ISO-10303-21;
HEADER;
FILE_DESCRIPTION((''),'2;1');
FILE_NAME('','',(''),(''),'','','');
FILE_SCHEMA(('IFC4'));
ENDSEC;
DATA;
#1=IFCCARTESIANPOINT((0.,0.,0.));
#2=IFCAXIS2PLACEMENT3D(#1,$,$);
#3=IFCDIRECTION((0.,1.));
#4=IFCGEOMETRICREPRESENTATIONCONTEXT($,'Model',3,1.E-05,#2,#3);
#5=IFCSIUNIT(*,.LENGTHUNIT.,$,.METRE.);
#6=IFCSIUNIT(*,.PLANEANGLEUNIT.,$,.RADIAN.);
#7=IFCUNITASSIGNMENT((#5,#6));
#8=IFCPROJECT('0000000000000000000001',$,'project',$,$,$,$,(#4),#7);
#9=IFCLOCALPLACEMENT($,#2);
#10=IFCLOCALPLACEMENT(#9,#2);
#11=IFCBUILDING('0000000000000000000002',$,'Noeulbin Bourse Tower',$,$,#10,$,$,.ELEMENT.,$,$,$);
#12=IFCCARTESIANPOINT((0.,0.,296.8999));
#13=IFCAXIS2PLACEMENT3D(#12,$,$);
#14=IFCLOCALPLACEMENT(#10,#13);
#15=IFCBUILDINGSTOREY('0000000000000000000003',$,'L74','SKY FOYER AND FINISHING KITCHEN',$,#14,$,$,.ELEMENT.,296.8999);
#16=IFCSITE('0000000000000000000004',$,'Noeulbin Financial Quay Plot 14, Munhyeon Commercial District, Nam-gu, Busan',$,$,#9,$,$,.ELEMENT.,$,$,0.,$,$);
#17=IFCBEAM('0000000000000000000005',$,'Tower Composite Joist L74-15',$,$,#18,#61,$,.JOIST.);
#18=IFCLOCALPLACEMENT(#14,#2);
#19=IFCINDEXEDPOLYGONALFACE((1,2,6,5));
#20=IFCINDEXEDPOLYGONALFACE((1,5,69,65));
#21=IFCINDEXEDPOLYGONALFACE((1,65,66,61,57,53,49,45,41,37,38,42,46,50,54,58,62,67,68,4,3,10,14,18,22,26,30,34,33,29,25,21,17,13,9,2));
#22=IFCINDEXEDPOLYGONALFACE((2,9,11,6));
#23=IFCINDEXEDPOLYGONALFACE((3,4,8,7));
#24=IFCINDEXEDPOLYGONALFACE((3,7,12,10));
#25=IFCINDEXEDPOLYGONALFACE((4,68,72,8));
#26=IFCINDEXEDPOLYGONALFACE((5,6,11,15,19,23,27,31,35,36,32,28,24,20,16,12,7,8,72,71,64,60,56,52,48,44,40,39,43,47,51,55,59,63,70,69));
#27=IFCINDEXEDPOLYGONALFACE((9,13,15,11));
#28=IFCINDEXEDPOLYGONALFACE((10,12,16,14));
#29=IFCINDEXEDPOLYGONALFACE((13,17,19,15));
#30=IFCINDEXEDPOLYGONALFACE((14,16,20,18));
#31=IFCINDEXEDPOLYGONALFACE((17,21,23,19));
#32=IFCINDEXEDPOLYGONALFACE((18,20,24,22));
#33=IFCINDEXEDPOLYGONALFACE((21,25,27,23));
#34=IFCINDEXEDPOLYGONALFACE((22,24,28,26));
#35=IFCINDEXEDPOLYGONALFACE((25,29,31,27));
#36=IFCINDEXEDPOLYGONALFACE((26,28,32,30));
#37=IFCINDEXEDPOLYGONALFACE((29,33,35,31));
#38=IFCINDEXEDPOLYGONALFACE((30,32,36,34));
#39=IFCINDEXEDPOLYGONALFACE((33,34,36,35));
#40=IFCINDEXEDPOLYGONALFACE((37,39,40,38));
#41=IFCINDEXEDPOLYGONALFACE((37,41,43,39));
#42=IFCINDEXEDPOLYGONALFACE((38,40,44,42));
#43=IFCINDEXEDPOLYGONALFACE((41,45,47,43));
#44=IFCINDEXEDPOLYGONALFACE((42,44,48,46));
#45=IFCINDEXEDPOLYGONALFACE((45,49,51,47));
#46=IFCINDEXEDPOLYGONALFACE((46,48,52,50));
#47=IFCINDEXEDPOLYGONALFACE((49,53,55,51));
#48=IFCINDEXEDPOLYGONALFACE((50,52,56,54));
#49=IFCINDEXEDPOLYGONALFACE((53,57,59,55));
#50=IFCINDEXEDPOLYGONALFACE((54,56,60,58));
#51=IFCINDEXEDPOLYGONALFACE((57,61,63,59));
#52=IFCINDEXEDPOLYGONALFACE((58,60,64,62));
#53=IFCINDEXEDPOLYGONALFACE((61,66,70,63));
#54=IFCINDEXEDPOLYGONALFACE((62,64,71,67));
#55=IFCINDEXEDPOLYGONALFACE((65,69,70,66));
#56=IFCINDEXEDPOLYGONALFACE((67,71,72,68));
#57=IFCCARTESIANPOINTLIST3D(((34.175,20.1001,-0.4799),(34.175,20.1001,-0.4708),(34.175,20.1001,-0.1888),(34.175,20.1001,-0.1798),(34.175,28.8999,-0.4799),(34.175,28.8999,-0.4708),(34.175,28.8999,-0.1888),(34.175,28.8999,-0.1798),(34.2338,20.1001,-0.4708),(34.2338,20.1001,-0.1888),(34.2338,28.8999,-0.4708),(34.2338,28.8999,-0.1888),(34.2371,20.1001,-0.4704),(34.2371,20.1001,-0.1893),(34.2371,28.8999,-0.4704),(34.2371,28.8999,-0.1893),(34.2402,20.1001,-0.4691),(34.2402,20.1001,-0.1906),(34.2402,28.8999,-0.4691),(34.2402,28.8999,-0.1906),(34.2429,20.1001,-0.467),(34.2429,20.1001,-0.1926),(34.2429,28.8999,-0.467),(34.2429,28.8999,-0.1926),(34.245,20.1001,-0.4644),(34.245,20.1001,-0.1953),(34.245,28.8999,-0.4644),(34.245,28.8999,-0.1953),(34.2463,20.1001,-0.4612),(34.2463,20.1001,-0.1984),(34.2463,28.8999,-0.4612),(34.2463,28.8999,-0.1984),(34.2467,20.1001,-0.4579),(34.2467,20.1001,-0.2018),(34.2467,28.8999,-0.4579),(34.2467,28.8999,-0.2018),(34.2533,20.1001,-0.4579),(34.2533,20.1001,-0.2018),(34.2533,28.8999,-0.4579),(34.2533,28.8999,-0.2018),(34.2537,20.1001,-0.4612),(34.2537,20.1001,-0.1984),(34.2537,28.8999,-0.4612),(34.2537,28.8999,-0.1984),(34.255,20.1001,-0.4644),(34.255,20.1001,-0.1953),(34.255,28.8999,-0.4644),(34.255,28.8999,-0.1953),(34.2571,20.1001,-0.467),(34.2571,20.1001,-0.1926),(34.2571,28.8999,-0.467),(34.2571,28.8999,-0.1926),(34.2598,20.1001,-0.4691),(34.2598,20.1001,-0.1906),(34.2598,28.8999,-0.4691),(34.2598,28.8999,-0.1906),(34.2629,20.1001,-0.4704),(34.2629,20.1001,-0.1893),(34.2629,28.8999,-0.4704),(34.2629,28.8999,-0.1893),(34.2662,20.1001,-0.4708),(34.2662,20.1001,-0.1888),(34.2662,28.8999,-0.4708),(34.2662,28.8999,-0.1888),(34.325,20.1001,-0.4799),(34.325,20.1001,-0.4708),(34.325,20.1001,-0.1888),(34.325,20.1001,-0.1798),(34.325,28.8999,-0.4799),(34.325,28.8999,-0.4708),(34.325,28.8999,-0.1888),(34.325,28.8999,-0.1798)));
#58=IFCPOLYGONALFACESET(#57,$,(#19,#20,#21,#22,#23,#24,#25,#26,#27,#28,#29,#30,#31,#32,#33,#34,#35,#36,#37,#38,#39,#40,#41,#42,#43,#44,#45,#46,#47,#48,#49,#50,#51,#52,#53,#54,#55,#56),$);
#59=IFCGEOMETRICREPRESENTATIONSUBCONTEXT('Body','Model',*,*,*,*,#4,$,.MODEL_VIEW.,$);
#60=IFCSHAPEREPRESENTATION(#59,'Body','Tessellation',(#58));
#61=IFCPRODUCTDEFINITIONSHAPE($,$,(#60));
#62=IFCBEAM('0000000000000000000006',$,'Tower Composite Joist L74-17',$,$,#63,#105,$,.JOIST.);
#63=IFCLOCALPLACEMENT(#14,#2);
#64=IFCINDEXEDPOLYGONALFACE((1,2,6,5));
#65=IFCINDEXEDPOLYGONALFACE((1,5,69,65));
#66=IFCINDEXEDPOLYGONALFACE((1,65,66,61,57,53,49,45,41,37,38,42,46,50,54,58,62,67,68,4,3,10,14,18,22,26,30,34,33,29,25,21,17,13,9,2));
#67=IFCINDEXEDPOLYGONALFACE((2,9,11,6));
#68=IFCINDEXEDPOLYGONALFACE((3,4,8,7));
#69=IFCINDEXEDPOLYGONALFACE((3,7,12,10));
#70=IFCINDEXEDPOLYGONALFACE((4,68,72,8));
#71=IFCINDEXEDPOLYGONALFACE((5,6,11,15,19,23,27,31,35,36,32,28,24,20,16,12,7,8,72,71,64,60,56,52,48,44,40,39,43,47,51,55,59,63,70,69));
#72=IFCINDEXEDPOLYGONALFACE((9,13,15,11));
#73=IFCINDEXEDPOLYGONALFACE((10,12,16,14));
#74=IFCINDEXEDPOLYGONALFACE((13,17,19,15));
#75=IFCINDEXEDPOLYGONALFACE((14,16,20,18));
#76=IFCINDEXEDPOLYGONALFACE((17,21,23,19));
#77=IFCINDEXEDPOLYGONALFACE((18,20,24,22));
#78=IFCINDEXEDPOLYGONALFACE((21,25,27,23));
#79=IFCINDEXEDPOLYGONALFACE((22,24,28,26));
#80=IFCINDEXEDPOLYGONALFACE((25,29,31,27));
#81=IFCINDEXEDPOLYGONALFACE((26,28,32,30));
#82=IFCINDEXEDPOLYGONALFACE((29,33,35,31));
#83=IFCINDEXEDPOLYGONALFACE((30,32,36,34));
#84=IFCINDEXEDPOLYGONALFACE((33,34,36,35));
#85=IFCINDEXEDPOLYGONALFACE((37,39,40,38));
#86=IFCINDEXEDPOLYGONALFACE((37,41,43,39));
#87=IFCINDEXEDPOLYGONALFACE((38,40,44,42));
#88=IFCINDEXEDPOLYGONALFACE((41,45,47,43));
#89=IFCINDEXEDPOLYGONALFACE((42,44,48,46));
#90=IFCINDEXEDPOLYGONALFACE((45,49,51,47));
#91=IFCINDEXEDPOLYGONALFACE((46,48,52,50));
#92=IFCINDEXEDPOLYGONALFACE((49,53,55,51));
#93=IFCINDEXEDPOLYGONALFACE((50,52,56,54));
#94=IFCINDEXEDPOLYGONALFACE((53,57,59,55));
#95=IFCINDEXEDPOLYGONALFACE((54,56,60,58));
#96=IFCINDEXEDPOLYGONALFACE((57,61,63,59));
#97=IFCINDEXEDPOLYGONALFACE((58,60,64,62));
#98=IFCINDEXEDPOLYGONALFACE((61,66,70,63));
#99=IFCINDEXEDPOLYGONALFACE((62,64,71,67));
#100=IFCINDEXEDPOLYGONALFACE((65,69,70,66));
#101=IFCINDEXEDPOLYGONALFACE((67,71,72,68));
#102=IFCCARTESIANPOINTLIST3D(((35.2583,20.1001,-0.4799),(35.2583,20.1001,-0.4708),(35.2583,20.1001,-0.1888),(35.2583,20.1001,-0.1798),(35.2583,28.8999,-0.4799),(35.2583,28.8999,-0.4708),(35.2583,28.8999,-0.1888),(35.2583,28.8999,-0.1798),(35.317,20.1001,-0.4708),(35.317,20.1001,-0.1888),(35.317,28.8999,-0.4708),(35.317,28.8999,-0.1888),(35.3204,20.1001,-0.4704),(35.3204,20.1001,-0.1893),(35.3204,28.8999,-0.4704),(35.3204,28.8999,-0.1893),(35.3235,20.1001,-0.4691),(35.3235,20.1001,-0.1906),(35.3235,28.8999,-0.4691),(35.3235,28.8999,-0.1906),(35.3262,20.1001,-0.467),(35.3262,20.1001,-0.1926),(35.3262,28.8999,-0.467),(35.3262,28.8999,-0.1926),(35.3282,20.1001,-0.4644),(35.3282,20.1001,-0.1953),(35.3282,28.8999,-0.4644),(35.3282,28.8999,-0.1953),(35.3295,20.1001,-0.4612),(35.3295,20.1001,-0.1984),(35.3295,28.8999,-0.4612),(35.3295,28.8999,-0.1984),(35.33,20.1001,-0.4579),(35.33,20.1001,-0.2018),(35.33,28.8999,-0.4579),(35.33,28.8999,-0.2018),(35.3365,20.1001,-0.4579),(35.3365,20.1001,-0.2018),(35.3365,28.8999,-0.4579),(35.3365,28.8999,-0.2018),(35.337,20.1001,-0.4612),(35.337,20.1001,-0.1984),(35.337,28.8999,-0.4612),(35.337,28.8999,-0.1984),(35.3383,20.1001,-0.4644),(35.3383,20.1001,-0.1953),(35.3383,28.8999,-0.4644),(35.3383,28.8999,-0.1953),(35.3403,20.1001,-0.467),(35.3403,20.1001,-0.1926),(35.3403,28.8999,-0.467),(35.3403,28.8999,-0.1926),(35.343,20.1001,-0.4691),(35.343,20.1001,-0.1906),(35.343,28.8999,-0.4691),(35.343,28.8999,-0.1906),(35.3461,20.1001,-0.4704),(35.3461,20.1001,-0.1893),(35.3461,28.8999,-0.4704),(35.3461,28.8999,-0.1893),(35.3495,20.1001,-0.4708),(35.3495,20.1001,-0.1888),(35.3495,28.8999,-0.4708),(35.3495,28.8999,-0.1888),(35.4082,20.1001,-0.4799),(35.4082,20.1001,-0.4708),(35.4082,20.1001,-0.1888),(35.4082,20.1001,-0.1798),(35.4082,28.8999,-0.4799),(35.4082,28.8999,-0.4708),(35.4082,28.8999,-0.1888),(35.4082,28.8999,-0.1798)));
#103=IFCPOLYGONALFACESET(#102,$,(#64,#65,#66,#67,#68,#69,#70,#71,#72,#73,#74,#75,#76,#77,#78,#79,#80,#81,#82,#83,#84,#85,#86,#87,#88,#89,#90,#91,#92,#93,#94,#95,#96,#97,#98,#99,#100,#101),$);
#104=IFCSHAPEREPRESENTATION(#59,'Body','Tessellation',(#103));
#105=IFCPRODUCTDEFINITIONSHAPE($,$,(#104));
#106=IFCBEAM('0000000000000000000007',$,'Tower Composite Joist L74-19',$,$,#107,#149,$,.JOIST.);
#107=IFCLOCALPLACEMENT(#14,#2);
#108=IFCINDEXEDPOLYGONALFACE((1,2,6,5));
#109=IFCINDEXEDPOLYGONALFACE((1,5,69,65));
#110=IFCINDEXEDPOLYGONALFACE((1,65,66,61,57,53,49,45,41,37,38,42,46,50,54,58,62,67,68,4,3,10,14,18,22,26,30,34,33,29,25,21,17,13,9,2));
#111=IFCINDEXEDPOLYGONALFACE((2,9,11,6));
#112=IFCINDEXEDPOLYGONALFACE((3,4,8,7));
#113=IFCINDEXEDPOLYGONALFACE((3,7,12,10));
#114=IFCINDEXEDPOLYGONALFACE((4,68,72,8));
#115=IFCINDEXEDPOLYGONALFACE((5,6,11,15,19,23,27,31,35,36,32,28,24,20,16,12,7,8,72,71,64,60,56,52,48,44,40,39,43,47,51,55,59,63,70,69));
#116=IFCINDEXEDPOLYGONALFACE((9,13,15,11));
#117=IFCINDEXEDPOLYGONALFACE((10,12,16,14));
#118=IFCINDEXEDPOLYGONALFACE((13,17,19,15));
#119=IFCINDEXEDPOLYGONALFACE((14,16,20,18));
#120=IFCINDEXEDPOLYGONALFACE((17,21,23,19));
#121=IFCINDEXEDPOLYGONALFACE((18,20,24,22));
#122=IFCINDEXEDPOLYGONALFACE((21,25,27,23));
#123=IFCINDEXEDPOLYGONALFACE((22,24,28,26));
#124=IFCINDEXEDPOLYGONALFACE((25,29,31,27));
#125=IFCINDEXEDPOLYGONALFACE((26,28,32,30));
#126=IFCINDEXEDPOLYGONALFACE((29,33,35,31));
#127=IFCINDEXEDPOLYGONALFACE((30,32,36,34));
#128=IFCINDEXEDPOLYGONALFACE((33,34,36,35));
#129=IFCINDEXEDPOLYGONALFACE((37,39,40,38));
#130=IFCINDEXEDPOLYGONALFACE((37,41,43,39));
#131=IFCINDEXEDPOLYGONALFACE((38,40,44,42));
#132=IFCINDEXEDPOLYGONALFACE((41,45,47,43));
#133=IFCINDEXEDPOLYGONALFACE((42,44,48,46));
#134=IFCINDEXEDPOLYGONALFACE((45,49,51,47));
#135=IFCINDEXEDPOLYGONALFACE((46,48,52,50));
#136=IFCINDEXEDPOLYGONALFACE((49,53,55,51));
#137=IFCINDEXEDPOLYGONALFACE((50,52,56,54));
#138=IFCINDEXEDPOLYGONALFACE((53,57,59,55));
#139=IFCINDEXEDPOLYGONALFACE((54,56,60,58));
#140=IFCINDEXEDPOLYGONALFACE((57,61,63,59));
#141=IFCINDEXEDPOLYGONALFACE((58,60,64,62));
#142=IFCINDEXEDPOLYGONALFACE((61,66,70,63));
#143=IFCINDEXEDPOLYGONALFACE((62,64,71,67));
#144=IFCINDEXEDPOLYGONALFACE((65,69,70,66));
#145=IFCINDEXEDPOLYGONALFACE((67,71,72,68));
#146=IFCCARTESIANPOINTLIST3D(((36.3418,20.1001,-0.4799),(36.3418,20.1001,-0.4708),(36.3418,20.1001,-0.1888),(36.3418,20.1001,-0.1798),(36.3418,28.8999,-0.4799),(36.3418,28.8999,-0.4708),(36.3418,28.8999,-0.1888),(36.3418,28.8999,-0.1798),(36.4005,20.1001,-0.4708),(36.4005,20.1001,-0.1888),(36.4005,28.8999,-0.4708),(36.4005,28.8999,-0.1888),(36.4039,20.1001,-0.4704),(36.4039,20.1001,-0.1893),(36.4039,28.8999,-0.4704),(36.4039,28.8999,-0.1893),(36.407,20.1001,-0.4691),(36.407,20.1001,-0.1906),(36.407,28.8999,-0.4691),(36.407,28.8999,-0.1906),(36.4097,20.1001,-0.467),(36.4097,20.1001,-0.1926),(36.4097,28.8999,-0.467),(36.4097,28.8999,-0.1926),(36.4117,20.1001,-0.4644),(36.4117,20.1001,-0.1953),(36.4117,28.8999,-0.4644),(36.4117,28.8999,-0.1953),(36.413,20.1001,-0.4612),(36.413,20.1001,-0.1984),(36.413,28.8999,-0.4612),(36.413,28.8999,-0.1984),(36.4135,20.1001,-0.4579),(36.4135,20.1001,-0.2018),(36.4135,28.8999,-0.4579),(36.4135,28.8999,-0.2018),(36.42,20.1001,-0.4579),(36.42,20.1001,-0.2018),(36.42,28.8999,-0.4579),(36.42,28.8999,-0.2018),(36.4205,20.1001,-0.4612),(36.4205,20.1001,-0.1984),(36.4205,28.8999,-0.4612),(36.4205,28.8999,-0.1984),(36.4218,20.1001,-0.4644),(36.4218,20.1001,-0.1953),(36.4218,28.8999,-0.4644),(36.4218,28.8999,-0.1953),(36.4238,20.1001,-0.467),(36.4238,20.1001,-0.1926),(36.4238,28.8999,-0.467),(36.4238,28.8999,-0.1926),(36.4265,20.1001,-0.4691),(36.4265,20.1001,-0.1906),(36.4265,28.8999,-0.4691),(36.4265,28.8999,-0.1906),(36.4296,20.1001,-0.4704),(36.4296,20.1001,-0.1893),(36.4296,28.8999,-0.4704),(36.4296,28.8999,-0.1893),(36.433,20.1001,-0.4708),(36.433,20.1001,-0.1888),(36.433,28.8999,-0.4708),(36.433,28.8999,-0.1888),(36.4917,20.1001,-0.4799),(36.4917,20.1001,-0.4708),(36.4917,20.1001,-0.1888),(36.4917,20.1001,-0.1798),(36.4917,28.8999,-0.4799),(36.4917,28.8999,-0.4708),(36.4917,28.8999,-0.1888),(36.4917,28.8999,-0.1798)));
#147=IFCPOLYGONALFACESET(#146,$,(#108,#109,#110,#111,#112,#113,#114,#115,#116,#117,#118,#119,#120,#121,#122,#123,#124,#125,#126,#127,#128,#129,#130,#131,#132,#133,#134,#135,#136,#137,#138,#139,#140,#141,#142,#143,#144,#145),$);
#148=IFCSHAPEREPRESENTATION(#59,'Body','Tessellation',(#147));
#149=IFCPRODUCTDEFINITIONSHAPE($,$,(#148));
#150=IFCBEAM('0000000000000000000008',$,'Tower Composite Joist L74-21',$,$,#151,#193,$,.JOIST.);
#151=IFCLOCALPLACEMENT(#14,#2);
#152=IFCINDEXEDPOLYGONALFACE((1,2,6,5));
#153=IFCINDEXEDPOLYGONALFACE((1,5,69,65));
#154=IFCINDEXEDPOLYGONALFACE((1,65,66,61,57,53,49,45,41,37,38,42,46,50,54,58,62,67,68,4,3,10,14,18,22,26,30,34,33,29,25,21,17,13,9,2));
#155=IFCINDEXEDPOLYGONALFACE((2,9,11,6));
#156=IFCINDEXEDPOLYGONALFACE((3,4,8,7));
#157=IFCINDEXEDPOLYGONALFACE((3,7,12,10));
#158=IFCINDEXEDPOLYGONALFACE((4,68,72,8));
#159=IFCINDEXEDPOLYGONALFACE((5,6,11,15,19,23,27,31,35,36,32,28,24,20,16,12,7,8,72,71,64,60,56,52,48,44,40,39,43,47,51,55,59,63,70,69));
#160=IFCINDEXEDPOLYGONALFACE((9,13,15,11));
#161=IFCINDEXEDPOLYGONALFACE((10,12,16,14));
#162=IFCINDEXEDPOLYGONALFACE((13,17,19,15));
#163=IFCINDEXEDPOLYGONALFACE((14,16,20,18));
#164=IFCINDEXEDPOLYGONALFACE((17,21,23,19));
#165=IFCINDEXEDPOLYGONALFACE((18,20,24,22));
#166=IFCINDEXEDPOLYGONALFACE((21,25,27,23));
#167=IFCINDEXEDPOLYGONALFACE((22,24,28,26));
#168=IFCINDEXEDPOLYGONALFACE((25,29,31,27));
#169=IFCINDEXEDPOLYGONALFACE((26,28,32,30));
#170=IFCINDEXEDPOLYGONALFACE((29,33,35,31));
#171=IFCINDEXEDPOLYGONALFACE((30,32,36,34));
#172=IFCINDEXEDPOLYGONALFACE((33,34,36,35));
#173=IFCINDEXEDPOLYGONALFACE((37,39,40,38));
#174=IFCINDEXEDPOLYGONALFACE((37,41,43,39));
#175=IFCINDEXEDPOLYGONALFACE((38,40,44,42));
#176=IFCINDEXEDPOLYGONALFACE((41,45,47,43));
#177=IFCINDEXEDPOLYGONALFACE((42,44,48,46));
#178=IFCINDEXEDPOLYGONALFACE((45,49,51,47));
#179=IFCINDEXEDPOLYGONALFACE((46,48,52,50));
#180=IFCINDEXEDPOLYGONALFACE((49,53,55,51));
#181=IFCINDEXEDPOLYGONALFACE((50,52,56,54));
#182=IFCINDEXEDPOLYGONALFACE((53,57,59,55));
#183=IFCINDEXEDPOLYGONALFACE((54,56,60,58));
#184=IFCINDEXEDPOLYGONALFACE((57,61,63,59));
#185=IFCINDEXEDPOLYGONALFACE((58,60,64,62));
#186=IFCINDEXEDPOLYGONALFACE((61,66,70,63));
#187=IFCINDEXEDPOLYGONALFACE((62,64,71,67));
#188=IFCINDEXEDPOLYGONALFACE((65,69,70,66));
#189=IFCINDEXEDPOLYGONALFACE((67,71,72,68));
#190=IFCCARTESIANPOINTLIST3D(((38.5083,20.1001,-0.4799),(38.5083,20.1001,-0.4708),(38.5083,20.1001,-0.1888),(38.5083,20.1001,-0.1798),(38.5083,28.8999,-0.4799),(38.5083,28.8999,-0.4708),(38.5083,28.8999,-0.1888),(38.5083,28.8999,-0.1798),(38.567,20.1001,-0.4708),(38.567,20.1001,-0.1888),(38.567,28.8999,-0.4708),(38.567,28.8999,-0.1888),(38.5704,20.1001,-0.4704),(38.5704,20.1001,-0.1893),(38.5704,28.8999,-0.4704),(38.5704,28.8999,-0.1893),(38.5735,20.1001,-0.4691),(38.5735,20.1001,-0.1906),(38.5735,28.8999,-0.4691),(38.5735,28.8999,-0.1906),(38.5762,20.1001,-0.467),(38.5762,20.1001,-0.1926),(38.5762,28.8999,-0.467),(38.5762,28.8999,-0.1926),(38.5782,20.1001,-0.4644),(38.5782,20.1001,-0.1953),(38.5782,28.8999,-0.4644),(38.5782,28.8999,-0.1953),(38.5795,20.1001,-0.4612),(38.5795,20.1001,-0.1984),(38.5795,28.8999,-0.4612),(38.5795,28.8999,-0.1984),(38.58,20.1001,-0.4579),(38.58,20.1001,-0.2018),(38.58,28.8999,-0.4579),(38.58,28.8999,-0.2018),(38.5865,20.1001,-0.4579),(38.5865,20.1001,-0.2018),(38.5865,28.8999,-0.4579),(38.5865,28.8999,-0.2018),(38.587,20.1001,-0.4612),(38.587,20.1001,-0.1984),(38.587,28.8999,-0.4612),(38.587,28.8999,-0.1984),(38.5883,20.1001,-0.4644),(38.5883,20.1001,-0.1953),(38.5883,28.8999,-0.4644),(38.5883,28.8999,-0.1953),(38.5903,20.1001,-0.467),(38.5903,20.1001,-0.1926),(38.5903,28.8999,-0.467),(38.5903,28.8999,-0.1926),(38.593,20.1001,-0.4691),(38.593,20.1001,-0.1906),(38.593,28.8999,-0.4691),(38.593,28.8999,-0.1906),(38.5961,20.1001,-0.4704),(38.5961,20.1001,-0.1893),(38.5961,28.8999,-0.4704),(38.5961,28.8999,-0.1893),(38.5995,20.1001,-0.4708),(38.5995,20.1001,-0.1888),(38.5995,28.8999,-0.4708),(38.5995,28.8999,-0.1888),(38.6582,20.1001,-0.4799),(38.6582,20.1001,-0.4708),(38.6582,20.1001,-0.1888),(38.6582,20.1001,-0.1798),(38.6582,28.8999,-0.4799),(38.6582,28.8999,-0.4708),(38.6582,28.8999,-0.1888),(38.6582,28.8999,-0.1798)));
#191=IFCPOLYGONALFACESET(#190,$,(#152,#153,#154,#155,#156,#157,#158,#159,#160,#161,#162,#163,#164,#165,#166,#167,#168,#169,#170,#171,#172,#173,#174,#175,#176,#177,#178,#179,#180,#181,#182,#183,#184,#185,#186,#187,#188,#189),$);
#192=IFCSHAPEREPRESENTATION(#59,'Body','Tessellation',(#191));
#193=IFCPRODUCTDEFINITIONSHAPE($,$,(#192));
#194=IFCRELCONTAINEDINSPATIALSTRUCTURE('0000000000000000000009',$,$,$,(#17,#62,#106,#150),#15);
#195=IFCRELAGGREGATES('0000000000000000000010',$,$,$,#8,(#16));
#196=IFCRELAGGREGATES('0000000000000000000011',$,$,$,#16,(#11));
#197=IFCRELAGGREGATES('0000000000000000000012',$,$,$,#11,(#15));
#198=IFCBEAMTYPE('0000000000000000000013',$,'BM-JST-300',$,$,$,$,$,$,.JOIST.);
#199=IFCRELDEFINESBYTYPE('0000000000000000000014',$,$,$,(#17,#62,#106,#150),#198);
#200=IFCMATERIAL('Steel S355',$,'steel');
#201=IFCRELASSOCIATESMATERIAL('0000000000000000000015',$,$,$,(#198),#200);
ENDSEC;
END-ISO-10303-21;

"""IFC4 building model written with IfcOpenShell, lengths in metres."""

from ifc_helpers import new_model, si_unit, direction, frame, origin, origin_2d, place, context, subcontext, project, spatial, i_section, extrude, material, material_profile, profile_set, type_object, element, save


model = new_model("IFC4")

# Units and contexts
model_context = context("Model", 3, precision=1e-05, world=origin(), true_north=direction((0.0, 1.0)))
body_context = subcontext(model_context, "Body", "Model", "MODEL_VIEW")
ifc_project = project(units=[si_unit("LENGTHUNIT", "METRE"), si_unit("PLANEANGLEUNIT", "RADIAN")], contexts=[model_context])

# Site, building, storey
site_placement = place(None, origin())
site = spatial("IfcSite", under=ifc_project, at=site_placement, Name="Noeulbin Financial Quay Plot 14, Munhyeon Commercial District, Nam-gu, Busan", CompositionType="ELEMENT", RefElevation=0.0)
building_placement = place(site_placement, origin())
building = spatial("IfcBuilding", under=site, at=building_placement, Name="Noeulbin Bourse Tower", CompositionType="ELEMENT")
storey_placement = place(building_placement, frame((0.0, 0.0, 296.8999)))
storey = spatial("IfcBuildingStorey", under=building, at=storey_placement, Name="L74", Description="SKY FOYER AND FINISHING KITCHEN", CompositionType="ELEMENT", Elevation=296.8999)

# Shared definitions
ifc_material_1 = material(Name="Steel S355", Category="steel")

# Beams
ifc_material_profile_1 = material_profile(ifc_material_1, i_section(OverallWidth=0.1499, OverallDepth=0.3, WebThickness=0.0066, FlangeThickness=0.009, FilletRadius=0.0129, at=origin_2d()), Name="H-300x150x6.5x9", Category="LoadBearing")
ifc_profile_set_1 = profile_set([ifc_material_profile_1], Name="Steel S355")
beam_type_1 = type_object("IfcBeamType", Name="BM-JST-300", PredefinedType="JOIST", material=ifc_profile_set_1)
for number, where, z_axis, x_axis, name in (
    (1, (34.25, 20.1001, -0.3298), (0.0, 1.0, 0.0), (-1.0, 0.0, 0.0), "Tower Composite Joist L74-15"),
    (2, (35.3333, 20.1001, -0.3298), (0.0, 1.0, 0.0), (-1.0, 0.0, 0.0), "Tower Composite Joist L74-17"),
    (3, (36.4167, 20.1001, -0.3298), (0.0, 1.0, 0.0), (-1.0, 0.0, 0.0), "Tower Composite Joist L74-19"),
    (4, (38.5833, 20.1001, -0.3298), (0.0, 1.0, 0.0), (-1.0, 0.0, 0.0), "Tower Composite Joist L74-21"),
):
    element("IfcBeam", number, at=place(storey_placement, frame(where, z_axis=z_axis, x_axis=x_axis)), inside=storey, type_object=beam_type_1, Name=name, PredefinedType="JOIST", context=body_context, shape_type="SweptSolid", body=[
        extrude(i_section(OverallWidth=0.1499, OverallDepth=0.3, WebThickness=0.0066, FlangeThickness=0.009, FilletRadius=0.0129, at=origin_2d()), origin(), (0.0, 0.0, 1.0), 8.7998),
    ])

save(model, "model.ifc")
